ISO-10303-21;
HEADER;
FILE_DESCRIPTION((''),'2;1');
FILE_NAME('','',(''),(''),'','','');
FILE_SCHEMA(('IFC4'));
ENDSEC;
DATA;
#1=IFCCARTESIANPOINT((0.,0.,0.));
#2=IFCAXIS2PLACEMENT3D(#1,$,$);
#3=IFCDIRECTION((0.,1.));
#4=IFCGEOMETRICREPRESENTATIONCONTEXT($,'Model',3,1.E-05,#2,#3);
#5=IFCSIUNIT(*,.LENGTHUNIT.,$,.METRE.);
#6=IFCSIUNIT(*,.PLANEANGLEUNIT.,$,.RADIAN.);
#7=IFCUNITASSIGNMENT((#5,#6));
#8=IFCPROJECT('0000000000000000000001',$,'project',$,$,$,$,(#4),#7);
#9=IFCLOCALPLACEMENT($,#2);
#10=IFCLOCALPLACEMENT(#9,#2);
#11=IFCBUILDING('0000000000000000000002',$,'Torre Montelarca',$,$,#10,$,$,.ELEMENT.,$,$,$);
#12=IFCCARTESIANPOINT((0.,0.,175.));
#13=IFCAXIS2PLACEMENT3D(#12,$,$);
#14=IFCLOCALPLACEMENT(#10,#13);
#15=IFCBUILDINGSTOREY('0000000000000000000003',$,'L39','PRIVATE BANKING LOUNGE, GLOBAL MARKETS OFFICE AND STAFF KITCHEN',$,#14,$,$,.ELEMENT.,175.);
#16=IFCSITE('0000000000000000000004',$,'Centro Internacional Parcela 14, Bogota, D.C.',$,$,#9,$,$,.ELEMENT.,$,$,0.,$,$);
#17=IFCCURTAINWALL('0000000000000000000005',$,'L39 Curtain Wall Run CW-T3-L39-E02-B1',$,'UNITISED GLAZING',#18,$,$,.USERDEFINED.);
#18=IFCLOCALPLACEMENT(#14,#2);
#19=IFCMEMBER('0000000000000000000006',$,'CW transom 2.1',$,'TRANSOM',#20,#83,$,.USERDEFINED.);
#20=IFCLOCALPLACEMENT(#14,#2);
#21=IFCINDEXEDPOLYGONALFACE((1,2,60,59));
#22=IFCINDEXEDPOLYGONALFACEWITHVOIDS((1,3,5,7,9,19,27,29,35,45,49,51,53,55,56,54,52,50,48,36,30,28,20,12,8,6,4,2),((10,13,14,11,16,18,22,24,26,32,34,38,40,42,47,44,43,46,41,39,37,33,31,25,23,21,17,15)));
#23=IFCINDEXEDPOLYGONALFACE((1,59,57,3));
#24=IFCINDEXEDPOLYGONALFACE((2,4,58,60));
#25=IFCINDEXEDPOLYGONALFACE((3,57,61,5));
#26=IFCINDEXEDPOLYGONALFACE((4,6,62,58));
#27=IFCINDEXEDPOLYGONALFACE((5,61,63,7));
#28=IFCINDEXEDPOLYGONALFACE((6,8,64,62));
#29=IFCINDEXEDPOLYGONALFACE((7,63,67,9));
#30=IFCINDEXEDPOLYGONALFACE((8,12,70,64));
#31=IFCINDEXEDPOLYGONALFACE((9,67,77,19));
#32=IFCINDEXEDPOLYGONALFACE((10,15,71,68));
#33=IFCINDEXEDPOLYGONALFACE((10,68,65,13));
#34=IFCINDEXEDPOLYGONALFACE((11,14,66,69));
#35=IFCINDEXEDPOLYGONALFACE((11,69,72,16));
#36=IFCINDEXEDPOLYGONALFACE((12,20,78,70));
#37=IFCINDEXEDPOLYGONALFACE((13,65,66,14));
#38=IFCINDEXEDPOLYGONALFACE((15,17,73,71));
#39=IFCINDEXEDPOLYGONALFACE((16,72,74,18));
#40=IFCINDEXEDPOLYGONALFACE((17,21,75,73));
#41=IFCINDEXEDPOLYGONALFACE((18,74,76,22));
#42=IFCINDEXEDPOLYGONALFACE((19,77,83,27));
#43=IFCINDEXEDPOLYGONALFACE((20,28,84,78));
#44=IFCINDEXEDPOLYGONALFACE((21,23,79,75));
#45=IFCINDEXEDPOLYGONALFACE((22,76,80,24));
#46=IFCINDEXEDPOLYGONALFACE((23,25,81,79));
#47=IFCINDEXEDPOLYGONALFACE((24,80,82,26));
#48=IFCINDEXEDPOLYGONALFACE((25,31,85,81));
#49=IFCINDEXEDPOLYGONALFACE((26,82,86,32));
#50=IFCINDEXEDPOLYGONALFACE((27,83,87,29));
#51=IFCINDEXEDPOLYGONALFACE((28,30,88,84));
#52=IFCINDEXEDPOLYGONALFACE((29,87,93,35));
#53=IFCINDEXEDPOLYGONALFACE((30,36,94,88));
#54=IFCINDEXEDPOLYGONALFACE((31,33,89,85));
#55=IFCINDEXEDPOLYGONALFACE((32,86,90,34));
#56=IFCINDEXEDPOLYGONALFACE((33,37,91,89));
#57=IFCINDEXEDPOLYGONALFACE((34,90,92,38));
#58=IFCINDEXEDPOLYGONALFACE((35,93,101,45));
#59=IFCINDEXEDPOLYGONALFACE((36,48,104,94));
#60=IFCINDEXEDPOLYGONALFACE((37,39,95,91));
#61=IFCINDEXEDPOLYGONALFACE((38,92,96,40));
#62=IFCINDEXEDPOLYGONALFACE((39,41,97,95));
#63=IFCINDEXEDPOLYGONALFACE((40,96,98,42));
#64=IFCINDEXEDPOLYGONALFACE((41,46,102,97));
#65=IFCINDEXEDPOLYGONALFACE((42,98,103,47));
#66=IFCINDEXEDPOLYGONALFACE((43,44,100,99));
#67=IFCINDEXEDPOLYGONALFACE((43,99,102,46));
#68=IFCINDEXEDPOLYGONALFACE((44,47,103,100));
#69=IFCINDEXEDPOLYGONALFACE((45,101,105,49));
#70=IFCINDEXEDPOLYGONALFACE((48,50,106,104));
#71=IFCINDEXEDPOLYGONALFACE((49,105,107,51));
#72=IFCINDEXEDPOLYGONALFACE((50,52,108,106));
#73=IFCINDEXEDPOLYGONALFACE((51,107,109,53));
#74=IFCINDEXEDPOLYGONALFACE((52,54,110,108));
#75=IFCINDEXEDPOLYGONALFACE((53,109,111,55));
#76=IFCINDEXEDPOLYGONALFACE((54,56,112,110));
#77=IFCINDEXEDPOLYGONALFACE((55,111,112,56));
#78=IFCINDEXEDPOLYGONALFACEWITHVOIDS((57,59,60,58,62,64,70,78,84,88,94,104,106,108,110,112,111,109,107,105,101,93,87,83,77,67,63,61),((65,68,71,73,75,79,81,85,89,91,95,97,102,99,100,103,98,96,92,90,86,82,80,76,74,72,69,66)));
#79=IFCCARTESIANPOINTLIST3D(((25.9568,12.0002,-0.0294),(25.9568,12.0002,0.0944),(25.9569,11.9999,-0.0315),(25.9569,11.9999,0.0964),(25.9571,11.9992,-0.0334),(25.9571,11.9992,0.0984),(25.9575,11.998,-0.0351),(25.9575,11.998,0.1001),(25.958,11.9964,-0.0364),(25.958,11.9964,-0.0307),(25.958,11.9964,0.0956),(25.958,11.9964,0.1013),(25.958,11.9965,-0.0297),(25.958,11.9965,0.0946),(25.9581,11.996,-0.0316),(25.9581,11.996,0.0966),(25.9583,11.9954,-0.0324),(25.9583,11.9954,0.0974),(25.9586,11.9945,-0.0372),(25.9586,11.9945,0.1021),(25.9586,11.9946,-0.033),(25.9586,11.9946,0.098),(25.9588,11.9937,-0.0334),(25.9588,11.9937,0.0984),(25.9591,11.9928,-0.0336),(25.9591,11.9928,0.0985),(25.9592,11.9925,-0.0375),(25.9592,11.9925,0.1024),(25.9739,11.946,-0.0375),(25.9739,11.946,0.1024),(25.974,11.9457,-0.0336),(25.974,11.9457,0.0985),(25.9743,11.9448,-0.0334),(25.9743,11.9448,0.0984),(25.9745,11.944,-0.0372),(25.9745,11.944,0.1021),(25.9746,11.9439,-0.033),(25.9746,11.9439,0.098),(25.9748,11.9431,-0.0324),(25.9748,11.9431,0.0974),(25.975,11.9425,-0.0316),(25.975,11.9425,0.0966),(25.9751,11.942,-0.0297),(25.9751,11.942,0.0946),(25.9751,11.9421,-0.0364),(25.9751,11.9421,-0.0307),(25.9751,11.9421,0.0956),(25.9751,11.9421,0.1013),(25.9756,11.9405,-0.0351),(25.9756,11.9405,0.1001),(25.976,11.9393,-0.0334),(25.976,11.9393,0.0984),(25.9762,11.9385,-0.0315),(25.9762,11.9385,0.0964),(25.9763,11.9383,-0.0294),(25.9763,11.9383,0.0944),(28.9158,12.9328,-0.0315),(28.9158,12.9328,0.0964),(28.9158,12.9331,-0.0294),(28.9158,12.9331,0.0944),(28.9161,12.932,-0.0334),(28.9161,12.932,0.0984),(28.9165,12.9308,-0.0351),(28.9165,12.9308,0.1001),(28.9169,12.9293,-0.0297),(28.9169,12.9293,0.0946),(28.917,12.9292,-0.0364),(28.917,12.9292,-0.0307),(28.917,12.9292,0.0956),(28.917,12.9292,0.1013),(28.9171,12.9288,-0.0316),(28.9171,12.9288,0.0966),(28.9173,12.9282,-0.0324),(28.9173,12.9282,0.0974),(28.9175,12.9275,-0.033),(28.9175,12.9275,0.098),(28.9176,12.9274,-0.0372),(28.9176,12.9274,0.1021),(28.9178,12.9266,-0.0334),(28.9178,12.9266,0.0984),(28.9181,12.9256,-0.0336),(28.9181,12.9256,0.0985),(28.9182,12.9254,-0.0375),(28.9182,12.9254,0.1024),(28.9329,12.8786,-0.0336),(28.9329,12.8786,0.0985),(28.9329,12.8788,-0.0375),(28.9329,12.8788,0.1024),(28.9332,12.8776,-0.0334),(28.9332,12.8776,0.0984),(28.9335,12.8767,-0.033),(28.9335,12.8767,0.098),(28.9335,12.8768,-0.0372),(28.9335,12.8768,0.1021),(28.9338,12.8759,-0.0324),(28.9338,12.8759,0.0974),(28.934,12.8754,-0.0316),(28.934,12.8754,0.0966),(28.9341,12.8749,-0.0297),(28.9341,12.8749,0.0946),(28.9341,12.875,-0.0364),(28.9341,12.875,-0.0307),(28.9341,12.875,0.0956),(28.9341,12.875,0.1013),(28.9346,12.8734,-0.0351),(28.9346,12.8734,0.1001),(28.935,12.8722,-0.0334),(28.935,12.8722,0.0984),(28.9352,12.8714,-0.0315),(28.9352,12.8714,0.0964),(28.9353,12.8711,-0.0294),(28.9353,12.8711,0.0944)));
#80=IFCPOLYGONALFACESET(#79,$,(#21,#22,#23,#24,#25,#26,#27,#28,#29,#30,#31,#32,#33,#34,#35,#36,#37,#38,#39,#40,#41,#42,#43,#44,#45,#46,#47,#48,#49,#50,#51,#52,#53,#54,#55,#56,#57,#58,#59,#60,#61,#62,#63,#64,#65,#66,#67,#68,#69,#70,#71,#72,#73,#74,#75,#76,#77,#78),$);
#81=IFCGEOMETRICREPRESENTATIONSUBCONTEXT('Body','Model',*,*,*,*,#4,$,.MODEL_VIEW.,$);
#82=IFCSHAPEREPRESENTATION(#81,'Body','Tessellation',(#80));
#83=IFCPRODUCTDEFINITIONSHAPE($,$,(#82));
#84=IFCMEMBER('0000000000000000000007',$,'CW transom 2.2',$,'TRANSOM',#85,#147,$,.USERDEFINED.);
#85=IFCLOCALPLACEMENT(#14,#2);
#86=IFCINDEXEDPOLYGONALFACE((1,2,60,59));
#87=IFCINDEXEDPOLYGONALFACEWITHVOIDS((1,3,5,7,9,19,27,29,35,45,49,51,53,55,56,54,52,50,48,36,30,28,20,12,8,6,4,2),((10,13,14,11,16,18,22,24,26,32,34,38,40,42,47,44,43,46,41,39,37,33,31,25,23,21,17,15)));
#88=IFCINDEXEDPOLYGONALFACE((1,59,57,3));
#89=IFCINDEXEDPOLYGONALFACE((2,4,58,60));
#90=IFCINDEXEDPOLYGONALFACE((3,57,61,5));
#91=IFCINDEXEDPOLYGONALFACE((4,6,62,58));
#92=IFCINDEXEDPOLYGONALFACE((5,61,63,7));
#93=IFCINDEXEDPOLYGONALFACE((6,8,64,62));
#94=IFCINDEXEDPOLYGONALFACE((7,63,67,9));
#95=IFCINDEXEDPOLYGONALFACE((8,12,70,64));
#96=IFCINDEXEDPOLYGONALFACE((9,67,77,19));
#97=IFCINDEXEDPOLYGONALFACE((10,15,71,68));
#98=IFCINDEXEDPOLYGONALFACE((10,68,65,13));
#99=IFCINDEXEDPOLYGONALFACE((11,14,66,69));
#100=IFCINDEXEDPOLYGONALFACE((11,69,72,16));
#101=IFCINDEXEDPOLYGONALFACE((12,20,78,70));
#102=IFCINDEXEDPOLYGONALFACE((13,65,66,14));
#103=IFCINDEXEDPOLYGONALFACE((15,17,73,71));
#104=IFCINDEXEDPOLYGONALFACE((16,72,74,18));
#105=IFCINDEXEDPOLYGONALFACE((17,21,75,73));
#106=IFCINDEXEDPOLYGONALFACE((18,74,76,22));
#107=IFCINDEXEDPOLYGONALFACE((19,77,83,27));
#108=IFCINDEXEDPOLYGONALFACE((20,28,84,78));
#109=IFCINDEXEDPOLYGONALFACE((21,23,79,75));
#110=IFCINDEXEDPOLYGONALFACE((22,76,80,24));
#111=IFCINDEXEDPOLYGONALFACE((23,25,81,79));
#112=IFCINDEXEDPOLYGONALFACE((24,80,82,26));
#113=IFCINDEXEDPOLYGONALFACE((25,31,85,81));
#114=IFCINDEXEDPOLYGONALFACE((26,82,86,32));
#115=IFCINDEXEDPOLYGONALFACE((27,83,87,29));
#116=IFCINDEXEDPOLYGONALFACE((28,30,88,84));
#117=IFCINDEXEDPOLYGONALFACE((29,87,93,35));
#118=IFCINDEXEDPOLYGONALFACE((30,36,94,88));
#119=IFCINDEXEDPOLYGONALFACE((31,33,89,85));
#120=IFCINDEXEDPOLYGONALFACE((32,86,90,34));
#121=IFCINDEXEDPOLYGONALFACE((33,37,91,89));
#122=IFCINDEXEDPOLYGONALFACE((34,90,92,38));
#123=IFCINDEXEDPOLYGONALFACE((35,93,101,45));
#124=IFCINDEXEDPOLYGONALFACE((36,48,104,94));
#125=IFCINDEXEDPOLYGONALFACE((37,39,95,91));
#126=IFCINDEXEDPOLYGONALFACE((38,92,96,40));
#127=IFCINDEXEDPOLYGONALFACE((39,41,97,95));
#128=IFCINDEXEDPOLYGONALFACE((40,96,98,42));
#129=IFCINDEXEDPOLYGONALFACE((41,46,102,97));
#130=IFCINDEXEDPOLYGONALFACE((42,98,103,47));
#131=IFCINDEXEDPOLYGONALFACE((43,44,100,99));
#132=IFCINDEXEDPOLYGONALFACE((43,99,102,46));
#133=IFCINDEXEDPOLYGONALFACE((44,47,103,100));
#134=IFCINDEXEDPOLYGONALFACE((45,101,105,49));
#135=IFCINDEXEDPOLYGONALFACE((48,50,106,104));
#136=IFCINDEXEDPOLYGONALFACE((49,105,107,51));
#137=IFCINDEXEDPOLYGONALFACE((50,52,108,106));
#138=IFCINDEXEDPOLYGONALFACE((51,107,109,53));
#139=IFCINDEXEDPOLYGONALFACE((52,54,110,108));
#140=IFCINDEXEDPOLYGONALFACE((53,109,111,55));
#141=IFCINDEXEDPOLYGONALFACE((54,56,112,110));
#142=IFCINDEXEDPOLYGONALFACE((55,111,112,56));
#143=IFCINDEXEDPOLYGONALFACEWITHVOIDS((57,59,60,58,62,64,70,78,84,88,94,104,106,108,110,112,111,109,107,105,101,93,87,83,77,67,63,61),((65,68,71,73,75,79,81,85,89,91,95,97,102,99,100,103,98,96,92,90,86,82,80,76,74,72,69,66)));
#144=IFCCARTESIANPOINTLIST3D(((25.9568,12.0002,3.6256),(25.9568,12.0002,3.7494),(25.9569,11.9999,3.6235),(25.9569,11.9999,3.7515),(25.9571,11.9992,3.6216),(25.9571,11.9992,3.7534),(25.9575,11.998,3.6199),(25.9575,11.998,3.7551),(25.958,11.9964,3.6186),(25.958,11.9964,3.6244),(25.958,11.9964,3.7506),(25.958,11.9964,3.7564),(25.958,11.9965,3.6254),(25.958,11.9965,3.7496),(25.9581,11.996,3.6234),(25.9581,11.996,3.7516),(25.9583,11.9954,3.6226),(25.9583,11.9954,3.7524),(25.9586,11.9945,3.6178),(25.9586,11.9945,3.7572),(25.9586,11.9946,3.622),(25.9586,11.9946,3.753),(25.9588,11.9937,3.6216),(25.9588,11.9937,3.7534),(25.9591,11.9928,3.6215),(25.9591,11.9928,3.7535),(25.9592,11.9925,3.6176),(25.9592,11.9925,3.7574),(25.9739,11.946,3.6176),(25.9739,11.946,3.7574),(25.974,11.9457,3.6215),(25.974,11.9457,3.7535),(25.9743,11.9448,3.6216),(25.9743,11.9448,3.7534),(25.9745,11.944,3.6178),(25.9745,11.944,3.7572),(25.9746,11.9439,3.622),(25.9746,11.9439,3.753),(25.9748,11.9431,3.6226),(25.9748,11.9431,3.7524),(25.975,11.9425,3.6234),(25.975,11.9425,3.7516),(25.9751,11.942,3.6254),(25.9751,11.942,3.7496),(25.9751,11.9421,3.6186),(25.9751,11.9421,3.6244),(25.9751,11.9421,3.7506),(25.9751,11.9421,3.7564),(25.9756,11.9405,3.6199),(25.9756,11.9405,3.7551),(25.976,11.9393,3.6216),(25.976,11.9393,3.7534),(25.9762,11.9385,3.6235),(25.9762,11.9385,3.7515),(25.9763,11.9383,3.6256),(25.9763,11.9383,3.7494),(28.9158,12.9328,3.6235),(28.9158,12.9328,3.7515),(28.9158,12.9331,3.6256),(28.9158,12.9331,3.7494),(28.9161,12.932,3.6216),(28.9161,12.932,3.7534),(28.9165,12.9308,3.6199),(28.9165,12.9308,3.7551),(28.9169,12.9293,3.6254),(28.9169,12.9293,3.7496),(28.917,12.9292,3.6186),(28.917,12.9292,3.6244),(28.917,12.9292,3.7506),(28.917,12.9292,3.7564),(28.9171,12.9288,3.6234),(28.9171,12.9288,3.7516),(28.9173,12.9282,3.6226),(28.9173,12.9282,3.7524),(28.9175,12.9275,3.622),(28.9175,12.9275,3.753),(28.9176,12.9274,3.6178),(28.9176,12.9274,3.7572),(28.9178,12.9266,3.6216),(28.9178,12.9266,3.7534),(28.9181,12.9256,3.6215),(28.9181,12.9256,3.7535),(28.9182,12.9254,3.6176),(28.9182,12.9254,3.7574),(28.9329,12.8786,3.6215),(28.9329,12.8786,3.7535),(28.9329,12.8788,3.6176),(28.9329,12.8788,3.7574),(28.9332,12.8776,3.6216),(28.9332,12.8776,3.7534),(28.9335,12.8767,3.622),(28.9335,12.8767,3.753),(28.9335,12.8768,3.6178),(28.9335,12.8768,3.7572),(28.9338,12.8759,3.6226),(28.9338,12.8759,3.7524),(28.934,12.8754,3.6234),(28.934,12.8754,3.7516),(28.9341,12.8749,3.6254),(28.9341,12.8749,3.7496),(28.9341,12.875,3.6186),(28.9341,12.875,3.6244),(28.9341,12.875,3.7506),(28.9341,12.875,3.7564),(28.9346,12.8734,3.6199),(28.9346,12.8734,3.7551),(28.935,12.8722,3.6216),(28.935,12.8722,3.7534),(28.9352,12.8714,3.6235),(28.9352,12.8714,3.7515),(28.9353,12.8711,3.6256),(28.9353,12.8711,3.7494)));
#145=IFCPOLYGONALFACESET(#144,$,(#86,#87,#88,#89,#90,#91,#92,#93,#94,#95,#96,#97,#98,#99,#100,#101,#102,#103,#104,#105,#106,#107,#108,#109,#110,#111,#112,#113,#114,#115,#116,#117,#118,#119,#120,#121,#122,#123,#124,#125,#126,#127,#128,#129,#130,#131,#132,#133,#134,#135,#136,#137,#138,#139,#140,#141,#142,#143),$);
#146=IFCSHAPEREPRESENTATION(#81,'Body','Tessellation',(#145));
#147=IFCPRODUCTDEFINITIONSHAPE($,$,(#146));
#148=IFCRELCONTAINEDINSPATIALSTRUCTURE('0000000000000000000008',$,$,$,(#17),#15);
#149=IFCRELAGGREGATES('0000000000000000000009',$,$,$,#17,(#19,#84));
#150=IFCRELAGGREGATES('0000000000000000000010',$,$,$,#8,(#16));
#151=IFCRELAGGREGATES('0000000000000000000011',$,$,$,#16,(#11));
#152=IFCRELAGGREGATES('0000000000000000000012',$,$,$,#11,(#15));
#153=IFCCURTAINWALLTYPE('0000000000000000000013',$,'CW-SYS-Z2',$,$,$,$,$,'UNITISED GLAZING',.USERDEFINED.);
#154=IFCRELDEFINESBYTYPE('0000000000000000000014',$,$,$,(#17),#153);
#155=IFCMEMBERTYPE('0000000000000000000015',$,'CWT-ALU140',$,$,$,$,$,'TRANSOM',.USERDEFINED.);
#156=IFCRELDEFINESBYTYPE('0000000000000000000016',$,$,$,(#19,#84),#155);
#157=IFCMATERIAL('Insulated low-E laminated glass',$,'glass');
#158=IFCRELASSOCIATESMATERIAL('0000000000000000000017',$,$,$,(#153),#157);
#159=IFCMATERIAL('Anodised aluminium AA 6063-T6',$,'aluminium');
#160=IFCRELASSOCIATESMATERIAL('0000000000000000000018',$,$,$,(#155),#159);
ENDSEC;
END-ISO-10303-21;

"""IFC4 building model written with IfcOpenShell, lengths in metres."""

from ifc_helpers import new_model, si_unit, direction, frame, origin, origin_2d, place, context, subcontext, project, spatial, hollow_rectangle, extrude, source, transform, mapped, material, material_profile, profile_set, type_object, element, aggregate, save


model = new_model("IFC4")

# Units and contexts
model_context = context("Model", 3, precision=1e-05, world=origin(), true_north=direction((0.0, 1.0)))
body_context = subcontext(model_context, "Body", "Model", "MODEL_VIEW")
ifc_project = project(units=[si_unit("LENGTHUNIT", "METRE"), si_unit("PLANEANGLEUNIT", "RADIAN")], contexts=[model_context])

# Site, building, storey
site_placement = place(None, origin())
site = spatial("IfcSite", under=ifc_project, at=site_placement, Name="Centro Internacional Parcela 14, Bogota, D.C.", CompositionType="ELEMENT", RefElevation=0.0)
building_placement = place(site_placement, origin())
building = spatial("IfcBuilding", under=site, at=building_placement, Name="Torre Montelarca", CompositionType="ELEMENT")
storey_placement = place(building_placement, frame((0.0, 0.0, 175.0)))
storey = spatial("IfcBuildingStorey", under=building, at=storey_placement, Name="L39", Description="PRIVATE BANKING LOUNGE, GLOBAL MARKETS OFFICE AND STAFF KITCHEN", CompositionType="ELEMENT", Elevation=175.0)

# Curtain wall, members
ifc_material_1 = material(Name="Insulated low-E laminated glass", Category="glass")
curtain_wall_type = type_object("IfcCurtainWallType", Name="CW-SYS-Z2", ElementType="UNITISED GLAZING", PredefinedType="USERDEFINED", material=ifc_material_1)
curtain_wall_1_placement = place(storey_placement, origin())
curtain_wall_1 = element("IfcCurtainWall", 1, at=curtain_wall_1_placement, inside=storey, type_object=curtain_wall_type, Name="L39 Curtain Wall Run CW-T3-L39-E02-B1", ObjectType="UNITISED GLAZING", PredefinedType="USERDEFINED")
ifc_material_2 = material(Name="Anodised aluminium AA 6063-T6", Category="aluminium")
ifc_material_profile_1 = material_profile(ifc_material_2, hollow_rectangle(XDim=0.0649, YDim=0.1399, WallThickness=0.0039, InnerFilletRadius=0.0039, OuterFilletRadius=0.0081, at=origin_2d()), Name="ALU65X140X4", Category="aluminium")
ifc_profile_set_1 = profile_set([ifc_material_profile_1], Name="Anodised aluminium AA 6063-T6")
member_type_1 = type_object("IfcMemberType", Name="CWT-ALU140", ElementType="TRANSOM", PredefinedType="USERDEFINED", material=ifc_profile_set_1)
shared_shape_1 = source(origin(), body_context, "Body", "SweptSolid", [
    extrude(hollow_rectangle(XDim=0.0649, YDim=0.1399, WallThickness=0.0039, InnerFilletRadius=0.0039, OuterFilletRadius=0.0081, at=origin_2d()), origin(), (0.0, 0.0, 1.0), 3.1025),
])
member_1_placement = place(storey_placement, frame((25.9666, 11.9692, 0.0325), z_axis=(0.953726, 0.300676, 0.0), x_axis=(-0.300676, 0.953726, 0.0)))
member_1 = element("IfcMember", 2, at=member_1_placement, type_object=member_type_1, Name="CW transom 2.1", ObjectType="TRANSOM", PredefinedType="USERDEFINED", context=body_context, shape_type="MappedRepresentation", body=[
    mapped(shared_shape_1, transform((0.0, 0.0, 0.0), scale=1.0)),
])
member_2_placement = place(storey_placement, frame((25.9666, 11.9692, 3.6875), z_axis=(0.953726, 0.300676, 0.0), x_axis=(-0.300676, 0.953726, 0.0)))
member_2 = element("IfcMember", 3, at=member_2_placement, type_object=member_type_1, Name="CW transom 2.2", ObjectType="TRANSOM", PredefinedType="USERDEFINED", context=body_context, shape_type="MappedRepresentation", body=[
    mapped(shared_shape_1, transform((0.0, 0.0, 0.0), scale=1.0)),
])

aggregate(curtain_wall_1, [member_1, member_2])

save(model, "model.ifc")
